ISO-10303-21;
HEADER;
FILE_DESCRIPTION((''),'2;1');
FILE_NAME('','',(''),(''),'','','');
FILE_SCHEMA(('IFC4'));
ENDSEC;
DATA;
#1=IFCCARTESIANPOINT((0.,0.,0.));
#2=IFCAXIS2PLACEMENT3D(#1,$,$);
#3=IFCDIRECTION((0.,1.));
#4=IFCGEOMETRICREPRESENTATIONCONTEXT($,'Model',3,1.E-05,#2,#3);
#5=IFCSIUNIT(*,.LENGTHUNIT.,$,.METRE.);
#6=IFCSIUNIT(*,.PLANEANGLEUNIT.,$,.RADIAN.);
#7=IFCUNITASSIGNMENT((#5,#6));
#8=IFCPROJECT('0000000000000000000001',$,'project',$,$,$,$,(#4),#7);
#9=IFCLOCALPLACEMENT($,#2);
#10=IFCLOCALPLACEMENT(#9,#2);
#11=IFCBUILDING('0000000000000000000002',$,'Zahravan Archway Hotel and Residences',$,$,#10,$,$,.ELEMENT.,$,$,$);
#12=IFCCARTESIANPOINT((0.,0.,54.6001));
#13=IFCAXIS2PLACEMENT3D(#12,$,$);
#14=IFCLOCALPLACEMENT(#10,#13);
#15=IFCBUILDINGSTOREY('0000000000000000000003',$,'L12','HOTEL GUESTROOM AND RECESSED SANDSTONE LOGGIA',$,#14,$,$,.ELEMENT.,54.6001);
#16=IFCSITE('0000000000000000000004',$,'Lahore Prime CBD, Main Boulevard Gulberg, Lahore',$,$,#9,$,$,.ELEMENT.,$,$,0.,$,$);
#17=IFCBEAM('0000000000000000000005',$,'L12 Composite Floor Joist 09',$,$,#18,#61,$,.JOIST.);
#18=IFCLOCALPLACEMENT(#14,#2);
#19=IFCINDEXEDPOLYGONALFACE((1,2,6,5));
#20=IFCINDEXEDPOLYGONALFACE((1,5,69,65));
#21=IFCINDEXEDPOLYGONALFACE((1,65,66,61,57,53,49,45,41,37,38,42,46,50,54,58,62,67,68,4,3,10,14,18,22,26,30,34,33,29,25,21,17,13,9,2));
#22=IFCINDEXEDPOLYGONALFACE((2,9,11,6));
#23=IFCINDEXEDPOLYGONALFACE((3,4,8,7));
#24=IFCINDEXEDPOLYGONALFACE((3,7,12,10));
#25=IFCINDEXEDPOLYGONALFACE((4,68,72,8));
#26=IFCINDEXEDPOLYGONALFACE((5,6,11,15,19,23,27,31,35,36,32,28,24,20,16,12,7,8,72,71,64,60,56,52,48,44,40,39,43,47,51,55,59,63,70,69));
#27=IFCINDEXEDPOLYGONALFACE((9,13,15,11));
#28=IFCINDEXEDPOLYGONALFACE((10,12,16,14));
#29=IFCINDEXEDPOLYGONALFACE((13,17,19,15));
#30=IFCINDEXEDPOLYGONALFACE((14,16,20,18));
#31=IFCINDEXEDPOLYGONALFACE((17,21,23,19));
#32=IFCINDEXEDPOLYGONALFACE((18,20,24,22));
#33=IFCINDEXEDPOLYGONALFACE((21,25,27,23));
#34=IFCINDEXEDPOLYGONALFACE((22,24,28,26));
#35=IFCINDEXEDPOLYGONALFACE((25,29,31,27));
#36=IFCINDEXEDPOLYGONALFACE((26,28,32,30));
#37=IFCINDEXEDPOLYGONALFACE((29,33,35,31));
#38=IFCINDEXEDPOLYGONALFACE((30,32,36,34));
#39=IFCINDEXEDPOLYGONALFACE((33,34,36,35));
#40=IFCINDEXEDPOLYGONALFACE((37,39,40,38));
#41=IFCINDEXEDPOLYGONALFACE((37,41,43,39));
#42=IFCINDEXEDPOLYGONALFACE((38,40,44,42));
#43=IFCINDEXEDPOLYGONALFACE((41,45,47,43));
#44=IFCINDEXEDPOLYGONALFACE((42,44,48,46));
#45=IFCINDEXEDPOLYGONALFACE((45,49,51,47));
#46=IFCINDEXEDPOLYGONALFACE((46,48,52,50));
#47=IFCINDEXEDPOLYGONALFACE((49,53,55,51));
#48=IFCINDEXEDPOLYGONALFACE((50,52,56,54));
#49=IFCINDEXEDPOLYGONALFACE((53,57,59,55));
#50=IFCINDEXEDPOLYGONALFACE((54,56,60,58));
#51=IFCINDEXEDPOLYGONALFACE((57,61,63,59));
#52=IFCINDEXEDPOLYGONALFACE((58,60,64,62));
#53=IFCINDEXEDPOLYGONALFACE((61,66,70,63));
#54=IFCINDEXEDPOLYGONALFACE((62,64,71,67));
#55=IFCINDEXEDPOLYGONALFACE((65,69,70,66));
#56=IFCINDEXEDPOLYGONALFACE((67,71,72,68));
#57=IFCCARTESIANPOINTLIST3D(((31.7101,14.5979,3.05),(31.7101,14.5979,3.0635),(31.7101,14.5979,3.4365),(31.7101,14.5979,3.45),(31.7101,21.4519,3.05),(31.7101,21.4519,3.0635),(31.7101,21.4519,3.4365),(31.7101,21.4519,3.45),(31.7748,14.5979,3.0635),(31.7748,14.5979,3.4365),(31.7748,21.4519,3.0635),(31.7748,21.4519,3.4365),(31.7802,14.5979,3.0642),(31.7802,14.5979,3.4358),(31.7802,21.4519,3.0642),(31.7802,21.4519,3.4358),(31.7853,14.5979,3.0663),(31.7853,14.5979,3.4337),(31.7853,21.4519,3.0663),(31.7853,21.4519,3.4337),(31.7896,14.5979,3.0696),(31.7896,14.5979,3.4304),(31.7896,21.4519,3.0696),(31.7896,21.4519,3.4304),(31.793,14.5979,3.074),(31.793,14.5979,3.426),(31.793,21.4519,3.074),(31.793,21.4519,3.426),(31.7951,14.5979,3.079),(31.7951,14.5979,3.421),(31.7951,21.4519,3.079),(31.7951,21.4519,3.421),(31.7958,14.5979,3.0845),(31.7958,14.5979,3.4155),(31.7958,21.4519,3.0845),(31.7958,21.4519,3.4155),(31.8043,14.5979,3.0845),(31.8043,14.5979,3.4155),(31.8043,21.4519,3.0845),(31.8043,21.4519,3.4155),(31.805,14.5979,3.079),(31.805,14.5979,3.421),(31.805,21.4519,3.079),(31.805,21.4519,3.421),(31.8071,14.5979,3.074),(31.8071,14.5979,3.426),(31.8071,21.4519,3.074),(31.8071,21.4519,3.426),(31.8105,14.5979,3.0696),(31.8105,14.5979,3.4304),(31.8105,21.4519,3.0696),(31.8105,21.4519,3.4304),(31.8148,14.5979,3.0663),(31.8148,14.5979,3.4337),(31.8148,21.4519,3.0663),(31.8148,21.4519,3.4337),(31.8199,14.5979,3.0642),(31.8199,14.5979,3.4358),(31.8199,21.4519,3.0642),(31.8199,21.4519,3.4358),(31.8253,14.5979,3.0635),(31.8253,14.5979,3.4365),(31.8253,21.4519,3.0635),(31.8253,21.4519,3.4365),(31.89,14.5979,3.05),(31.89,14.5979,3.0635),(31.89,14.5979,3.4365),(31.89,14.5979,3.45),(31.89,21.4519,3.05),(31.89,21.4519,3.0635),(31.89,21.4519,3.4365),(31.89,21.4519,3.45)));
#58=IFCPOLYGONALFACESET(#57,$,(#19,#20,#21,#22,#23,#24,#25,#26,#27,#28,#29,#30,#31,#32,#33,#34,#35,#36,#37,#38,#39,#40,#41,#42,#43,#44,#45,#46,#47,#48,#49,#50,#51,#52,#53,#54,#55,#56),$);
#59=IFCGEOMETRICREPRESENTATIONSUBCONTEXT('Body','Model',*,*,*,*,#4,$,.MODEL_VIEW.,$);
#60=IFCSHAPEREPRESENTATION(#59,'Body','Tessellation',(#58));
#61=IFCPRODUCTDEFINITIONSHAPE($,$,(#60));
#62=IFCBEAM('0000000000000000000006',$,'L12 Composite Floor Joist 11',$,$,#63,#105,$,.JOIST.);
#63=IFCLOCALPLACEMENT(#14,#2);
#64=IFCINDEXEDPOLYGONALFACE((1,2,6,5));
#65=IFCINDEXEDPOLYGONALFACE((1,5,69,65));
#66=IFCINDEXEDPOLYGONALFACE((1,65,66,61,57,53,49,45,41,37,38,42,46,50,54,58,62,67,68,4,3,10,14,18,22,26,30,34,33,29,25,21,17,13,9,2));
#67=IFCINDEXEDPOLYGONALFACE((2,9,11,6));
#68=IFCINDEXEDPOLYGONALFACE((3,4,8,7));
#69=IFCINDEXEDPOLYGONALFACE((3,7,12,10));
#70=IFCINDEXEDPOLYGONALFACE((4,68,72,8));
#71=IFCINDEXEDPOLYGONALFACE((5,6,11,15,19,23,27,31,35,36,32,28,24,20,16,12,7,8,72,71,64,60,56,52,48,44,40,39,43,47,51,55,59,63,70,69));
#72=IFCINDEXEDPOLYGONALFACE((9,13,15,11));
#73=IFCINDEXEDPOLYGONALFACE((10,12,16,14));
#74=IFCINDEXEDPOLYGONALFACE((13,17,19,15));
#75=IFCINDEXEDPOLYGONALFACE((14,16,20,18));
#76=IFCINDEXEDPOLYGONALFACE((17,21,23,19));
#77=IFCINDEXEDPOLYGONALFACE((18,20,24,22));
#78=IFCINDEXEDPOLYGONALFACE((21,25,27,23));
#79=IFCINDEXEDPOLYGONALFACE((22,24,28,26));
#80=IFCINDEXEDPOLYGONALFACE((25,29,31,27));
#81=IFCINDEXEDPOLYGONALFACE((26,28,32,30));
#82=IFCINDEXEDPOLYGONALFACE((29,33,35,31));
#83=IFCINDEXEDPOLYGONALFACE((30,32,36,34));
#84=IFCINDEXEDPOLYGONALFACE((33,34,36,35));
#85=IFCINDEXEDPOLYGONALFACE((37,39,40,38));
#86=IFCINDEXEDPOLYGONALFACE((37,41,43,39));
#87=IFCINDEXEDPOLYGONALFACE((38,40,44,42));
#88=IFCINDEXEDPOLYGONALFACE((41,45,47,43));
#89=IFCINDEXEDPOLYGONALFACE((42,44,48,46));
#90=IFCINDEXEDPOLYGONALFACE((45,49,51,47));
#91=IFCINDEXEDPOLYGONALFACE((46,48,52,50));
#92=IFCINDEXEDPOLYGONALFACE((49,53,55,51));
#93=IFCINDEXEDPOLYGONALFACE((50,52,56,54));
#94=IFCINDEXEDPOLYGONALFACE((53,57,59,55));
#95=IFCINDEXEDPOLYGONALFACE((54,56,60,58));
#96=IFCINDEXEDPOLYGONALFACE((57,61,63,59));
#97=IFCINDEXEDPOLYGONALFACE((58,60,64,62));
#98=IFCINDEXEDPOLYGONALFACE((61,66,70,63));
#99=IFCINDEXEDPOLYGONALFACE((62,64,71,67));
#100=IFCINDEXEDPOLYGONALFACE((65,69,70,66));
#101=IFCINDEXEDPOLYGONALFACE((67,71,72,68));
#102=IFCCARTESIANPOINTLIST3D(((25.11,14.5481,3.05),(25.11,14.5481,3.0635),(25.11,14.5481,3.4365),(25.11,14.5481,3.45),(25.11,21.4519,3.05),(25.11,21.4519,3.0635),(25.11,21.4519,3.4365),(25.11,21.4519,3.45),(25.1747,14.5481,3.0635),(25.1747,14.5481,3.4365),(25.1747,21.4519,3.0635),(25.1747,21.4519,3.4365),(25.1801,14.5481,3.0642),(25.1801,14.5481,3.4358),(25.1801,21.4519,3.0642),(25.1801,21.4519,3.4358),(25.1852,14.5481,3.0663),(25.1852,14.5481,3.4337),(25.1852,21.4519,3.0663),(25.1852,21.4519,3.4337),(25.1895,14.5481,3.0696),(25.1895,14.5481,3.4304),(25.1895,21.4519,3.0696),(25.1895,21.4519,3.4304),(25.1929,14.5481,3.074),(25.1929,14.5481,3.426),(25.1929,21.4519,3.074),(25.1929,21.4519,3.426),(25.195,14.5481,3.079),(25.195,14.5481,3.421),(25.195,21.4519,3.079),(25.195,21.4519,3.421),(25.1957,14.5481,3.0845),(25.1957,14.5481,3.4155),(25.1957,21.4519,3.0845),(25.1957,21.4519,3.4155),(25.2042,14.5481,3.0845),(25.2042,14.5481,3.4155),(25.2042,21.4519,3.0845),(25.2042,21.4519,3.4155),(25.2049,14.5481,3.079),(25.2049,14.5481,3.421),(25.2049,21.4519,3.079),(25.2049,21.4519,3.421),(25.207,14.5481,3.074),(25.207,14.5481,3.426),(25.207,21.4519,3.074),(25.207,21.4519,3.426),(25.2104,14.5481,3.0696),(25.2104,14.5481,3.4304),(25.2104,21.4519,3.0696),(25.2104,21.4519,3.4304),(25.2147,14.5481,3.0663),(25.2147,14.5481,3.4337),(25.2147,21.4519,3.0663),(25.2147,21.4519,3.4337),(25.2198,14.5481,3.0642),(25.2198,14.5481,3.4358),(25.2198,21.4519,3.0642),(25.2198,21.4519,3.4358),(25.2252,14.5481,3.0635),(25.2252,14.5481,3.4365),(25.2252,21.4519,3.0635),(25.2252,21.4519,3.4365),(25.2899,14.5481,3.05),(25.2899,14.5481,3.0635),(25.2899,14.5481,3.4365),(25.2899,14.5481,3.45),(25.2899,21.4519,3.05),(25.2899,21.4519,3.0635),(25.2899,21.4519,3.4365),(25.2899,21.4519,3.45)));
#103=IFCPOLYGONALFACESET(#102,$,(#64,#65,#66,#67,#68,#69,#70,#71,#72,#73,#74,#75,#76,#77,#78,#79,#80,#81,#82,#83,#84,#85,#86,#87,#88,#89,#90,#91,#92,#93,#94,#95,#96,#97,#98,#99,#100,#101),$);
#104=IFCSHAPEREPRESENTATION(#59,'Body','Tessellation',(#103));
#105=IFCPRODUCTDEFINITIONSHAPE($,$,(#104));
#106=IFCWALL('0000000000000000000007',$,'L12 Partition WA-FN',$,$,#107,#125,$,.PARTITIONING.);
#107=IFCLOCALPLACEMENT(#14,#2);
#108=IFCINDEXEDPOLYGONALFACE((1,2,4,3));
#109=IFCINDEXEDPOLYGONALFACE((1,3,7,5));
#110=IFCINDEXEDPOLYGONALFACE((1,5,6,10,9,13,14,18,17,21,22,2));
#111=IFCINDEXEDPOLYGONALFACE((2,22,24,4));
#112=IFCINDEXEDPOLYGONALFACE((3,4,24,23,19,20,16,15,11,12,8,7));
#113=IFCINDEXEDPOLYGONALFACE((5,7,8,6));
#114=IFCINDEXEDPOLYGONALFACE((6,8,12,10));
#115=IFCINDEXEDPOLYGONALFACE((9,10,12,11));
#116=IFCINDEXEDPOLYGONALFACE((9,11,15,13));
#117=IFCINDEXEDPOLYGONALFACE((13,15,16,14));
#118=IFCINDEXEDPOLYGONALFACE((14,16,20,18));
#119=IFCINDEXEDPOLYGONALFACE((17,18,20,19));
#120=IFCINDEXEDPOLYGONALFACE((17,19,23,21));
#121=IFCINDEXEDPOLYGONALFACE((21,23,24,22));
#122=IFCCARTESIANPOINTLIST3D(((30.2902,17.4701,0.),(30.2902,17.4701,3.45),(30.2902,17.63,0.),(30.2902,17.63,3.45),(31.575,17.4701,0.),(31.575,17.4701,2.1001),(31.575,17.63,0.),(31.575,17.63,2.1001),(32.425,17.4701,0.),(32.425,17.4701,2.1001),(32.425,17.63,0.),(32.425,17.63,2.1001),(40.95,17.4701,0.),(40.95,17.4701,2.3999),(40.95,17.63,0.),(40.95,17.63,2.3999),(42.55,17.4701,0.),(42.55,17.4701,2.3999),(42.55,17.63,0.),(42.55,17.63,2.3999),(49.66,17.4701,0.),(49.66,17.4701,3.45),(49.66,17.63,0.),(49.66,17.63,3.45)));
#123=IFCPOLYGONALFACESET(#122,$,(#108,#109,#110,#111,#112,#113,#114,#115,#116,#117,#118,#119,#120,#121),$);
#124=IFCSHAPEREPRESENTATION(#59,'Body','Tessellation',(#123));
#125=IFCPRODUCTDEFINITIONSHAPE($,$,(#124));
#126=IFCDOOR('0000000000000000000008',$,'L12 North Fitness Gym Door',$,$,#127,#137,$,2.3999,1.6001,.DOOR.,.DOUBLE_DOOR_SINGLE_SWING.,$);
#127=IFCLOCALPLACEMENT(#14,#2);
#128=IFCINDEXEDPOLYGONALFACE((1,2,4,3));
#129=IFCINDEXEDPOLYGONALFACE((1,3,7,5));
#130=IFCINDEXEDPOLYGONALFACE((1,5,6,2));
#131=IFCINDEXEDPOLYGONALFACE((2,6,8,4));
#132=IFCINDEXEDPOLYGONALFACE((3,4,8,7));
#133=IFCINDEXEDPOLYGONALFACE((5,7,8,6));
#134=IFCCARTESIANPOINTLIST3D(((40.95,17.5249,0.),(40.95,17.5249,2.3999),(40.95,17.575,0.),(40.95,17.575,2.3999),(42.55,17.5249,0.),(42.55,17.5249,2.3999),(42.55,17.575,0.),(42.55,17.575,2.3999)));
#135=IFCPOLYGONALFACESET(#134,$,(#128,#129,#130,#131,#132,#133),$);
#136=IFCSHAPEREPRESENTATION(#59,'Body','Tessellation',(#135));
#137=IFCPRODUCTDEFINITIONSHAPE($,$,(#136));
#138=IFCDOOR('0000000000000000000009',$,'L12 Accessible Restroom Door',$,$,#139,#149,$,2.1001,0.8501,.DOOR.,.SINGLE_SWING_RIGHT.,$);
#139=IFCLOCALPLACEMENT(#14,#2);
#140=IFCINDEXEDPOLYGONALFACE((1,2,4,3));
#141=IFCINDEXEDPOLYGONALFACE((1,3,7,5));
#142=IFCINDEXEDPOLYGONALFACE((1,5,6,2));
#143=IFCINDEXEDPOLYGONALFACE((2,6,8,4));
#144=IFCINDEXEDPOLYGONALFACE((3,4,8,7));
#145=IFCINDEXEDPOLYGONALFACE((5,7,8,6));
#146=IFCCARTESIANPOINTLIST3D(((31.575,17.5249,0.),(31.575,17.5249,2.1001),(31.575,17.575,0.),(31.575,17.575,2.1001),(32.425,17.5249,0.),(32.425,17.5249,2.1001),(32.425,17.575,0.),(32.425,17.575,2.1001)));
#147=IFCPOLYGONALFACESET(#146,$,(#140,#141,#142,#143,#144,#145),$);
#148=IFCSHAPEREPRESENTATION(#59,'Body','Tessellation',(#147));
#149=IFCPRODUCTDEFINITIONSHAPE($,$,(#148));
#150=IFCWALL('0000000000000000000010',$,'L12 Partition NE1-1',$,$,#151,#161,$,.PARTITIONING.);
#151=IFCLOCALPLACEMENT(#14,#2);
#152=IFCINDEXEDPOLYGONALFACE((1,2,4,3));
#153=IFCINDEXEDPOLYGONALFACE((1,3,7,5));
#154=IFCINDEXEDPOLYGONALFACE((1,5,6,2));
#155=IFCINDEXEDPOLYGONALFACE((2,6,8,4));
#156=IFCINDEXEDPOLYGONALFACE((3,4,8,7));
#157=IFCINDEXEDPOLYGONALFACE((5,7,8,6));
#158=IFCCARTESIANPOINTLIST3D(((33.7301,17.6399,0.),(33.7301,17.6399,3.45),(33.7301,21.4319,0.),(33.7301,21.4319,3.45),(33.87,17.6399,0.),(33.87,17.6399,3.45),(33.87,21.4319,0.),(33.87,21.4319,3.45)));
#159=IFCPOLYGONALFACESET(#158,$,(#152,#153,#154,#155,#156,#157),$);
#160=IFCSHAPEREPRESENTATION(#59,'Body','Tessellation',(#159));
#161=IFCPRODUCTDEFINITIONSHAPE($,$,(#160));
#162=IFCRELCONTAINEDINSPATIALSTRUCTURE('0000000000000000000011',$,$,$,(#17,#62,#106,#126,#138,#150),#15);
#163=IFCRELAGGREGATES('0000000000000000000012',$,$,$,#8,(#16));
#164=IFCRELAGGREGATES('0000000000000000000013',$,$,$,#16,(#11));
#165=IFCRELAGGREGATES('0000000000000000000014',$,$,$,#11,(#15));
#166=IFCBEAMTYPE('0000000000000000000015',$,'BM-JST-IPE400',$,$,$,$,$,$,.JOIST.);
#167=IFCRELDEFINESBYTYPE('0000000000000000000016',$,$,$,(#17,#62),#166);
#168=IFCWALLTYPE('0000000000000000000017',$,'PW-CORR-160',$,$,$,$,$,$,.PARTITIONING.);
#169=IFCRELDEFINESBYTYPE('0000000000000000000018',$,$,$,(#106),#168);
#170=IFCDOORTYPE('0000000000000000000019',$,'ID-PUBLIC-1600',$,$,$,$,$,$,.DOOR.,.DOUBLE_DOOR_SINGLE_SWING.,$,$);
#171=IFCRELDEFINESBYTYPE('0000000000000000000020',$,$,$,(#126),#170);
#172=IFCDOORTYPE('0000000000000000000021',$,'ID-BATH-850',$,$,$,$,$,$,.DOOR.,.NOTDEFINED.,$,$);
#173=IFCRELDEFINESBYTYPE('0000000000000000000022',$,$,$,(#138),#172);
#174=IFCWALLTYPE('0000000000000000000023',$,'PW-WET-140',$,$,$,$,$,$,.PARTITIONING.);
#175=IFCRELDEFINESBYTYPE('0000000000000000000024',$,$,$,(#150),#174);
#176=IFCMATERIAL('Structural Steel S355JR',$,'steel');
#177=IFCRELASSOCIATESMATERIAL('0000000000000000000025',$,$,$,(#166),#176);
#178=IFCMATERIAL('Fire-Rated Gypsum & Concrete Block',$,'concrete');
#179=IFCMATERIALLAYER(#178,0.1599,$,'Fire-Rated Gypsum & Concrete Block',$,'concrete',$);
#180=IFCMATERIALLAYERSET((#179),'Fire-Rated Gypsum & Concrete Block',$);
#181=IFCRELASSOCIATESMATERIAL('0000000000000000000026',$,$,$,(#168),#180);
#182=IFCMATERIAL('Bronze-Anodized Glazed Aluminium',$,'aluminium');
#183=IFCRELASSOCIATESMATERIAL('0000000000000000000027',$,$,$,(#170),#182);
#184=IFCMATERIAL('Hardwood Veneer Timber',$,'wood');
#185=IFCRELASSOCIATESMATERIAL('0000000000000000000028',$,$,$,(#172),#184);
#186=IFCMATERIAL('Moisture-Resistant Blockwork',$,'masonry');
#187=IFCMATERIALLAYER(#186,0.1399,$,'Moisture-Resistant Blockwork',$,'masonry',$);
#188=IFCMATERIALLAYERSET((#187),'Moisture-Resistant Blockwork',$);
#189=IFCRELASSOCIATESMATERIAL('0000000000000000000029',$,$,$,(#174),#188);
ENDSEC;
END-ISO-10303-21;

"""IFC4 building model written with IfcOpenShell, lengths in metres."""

from ifc_helpers import new_model, si_unit, direction, frame, frame_2d, origin, origin_2d, place, context, subcontext, project, spatial, rectangle, i_section, extrude, source, transform, mapped, material, layer, layer_set, material_profile, profile_set, type_object, type_shapes, element, fill, save


model = new_model("IFC4")

# Units and contexts
model_context = context("Model", 3, precision=1e-05, world=origin(), true_north=direction((0.0, 1.0)))
body_context = subcontext(model_context, "Body", "Model", "MODEL_VIEW")
ifc_project = project(units=[si_unit("LENGTHUNIT", "METRE"), si_unit("PLANEANGLEUNIT", "RADIAN")], contexts=[model_context])

# Site, building, storey
site_placement = place(None, origin())
site = spatial("IfcSite", under=ifc_project, at=site_placement, Name="Lahore Prime CBD, Main Boulevard Gulberg, Lahore", CompositionType="ELEMENT", RefElevation=0.0)
building_placement = place(site_placement, origin())
building = spatial("IfcBuilding", under=site, at=building_placement, Name="Zahravan Archway Hotel and Residences", CompositionType="ELEMENT")
storey_placement = place(building_placement, frame((0.0, 0.0, 54.6001)))
storey = spatial("IfcBuildingStorey", under=building, at=storey_placement, Name="L12", Description="HOTEL GUESTROOM AND RECESSED SANDSTONE LOGGIA", CompositionType="ELEMENT", Elevation=54.6001)

# Beams
ifc_material_1 = material(Name="Structural Steel S355JR", Category="steel")
ifc_material_profile_1 = material_profile(ifc_material_1, i_section(OverallWidth=0.1799, OverallDepth=0.3999, WebThickness=0.0085, FlangeThickness=0.0134, FilletRadius=0.021, at=origin_2d()), Name="IPE 400", Category="steel")
ifc_profile_set_1 = profile_set([ifc_material_profile_1], Name="Structural Steel S355JR")
beam_type_1 = type_object("IfcBeamType", Name="BM-JST-IPE400", PredefinedType="JOIST", material=ifc_profile_set_1)
shared_shape_1 = source(origin(), body_context, "Body", "SweptSolid", [
    extrude(i_section(OverallWidth=0.1799, OverallDepth=0.3999, WebThickness=0.0085, FlangeThickness=0.0134, FilletRadius=0.021, at=origin_2d()), origin(), (0.0, 0.0, 1.0), 6.854),
])
beam_1_placement = place(storey_placement, frame((31.8, 14.5979, 3.25), z_axis=(0.0, 1.0, 0.0), x_axis=(-1.0, 0.0, 0.0)))
element("IfcBeam", 1, at=beam_1_placement, inside=storey, type_object=beam_type_1, Name="L12 Composite Floor Joist 09", PredefinedType="JOIST", context=body_context, shape_type="MappedRepresentation", body=[
    mapped(shared_shape_1, transform((0.0, 0.0, 0.0), scale=1.0)),
])
shared_shape_2 = source(origin(), body_context, "Body", "SweptSolid", [
    extrude(i_section(OverallWidth=0.1799, OverallDepth=0.3999, WebThickness=0.0085, FlangeThickness=0.0134, FilletRadius=0.021, at=origin_2d()), origin(), (0.0, 0.0, 1.0), 6.9038),
])
beam_2_placement = place(storey_placement, frame((25.2, 14.5481, 3.25), z_axis=(0.0, 1.0, 0.0), x_axis=(-1.0, 0.0, 0.0)))
element("IfcBeam", 2, at=beam_2_placement, inside=storey, type_object=beam_type_1, Name="L12 Composite Floor Joist 11", PredefinedType="JOIST", context=body_context, shape_type="MappedRepresentation", body=[
    mapped(shared_shape_2, transform((0.0, 0.0, 0.0), scale=1.0)),
])

# Wall, openings, doors
ifc_material_2 = material(Name="Fire-Rated Gypsum & Concrete Block", Category="concrete")
ifc_layer_1 = layer(ifc_material_2, 0.1599, Name="Fire-Rated Gypsum & Concrete Block", Category="concrete")
ifc_layer_set_1 = layer_set([ifc_layer_1], Name="Fire-Rated Gypsum & Concrete Block")
wall_type_1 = type_object("IfcWallType", Name="PW-CORR-160", PredefinedType="PARTITIONING", material=ifc_layer_set_1)
wall_1_placement = place(storey_placement, frame((30.29, 17.55, 0.0), z_axis=(0.0, 0.0, 1.0), x_axis=(1.0, 0.0, 0.0)))
wall_1 = element("IfcWall", 3, at=wall_1_placement, inside=storey, type_object=wall_type_1, Name="L12 Partition WA-FN", PredefinedType="PARTITIONING", context=body_context, shape_type="SweptSolid", body=[
    extrude(rectangle(XDim=19.3699, YDim=0.1599, at=frame_2d((9.6851, 0.0))), origin(), (0.0, 0.0, 1.0), 3.45),
])
opening_1_placement = place(wall_1_placement, frame((1.2849, 0.0, 0.0)))
opening_1 = element("IfcOpeningElement", 4, at=opening_1_placement, cuts=wall_1, PredefinedType="OPENING", context=body_context, shape_type="SweptSolid", body=[
    extrude(rectangle(XDim=0.8501, YDim=2.1001, at=frame_2d((0.425, 1.05))), frame((0.0, 0.0898, 0.0), z_axis=(0.0, -1.0, 0.0), x_axis=(1.0, 0.0, 0.0)), (0.0, 0.0, 1.0), 0.1799),
])
opening_2_placement = place(wall_1_placement, frame((10.6599, 0.0, 0.0)))
opening_2 = element("IfcOpeningElement", 5, at=opening_2_placement, cuts=wall_1, PredefinedType="OPENING", context=body_context, shape_type="SweptSolid", body=[
    extrude(rectangle(XDim=1.6001, YDim=2.3999, at=frame_2d((0.8, 1.2))), frame((0.0, 0.0898, 0.0), z_axis=(0.0, -1.0, 0.0), x_axis=(1.0, 0.0, 0.0)), (0.0, 0.0, 1.0), 0.1799),
])
ifc_material_3 = material(Name="Bronze-Anodized Glazed Aluminium", Category="aluminium")
door_type_1 = type_object("IfcDoorType", Name="ID-PUBLIC-1600", OperationType="DOUBLE_DOOR_SINGLE_SWING", PredefinedType="DOOR", material=ifc_material_3)
shared_shape_3 = source(origin(), body_context, "Body", "SweptSolid", [
    extrude(rectangle(XDim=1.6001, YDim=2.3999, at=frame_2d((0.8, 1.2))), frame((0.0, 0.0249, 0.0), z_axis=(0.0, -1.0, 0.0), x_axis=(1.0, 0.0, 0.0)), (0.0, 0.0, 1.0), 0.05),
])
type_shapes(door_type_1, [shared_shape_3])
door_1_placement = place(opening_2_placement, origin())
door_1 = element("IfcDoor", 6, at=door_1_placement, inside=storey, type_object=door_type_1, Name="L12 North Fitness Gym Door", OperationType="DOUBLE_DOOR_SINGLE_SWING", OverallHeight=2.3999, OverallWidth=1.6001, PredefinedType="DOOR", context=body_context, shape_type="MappedRepresentation", body=[
    mapped(shared_shape_3, transform((0.0, 0.0, 0.0), scale=1.0)),
])
fill(opening_2, door_1)
ifc_material_4 = material(Name="Hardwood Veneer Timber", Category="wood")
door_type_2 = type_object("IfcDoorType", Name="ID-BATH-850", OperationType="NOTDEFINED", PredefinedType="DOOR", material=ifc_material_4)
shared_shape_4 = source(origin(), body_context, "Body", "SweptSolid", [
    extrude(rectangle(XDim=0.8501, YDim=2.1001, at=frame_2d((0.425, 1.05))), frame((0.0, 0.0249, 0.0), z_axis=(0.0, -1.0, 0.0), x_axis=(1.0, 0.0, 0.0)), (0.0, 0.0, 1.0), 0.05),
])
type_shapes(door_type_2, [shared_shape_4])
door_2_placement = place(opening_1_placement, origin())
door_2 = element("IfcDoor", 7, at=door_2_placement, inside=storey, type_object=door_type_2, Name="L12 Accessible Restroom Door", OperationType="SINGLE_SWING_RIGHT", OverallHeight=2.1001, OverallWidth=0.8501, PredefinedType="DOOR", context=body_context, shape_type="MappedRepresentation", body=[
    mapped(shared_shape_4, transform((0.0, 0.0, 0.0), scale=1.0)),
])
fill(opening_1, door_2)

# Wall
ifc_material_5 = material(Name="Moisture-Resistant Blockwork", Category="masonry")
ifc_layer_2 = layer(ifc_material_5, 0.1399, Name="Moisture-Resistant Blockwork", Category="masonry")
ifc_layer_set_2 = layer_set([ifc_layer_2], Name="Moisture-Resistant Blockwork")
wall_type_2 = type_object("IfcWallType", Name="PW-WET-140", PredefinedType="PARTITIONING", material=ifc_layer_set_2)
wall_2_placement = place(storey_placement, frame((33.8, 17.6399, 0.0), z_axis=(0.0, 0.0, 1.0), x_axis=(0.0, 1.0, 0.0)))
element("IfcWall", 8, at=wall_2_placement, inside=storey, type_object=wall_type_2, Name="L12 Partition NE1-1", PredefinedType="PARTITIONING", context=body_context, shape_type="SweptSolid", body=[
    extrude(rectangle(XDim=3.792, YDim=0.1399, at=frame_2d((1.896, 0.0))), origin(), (0.0, 0.0, 1.0), 3.45),
])

save(model, "model.ifc")
